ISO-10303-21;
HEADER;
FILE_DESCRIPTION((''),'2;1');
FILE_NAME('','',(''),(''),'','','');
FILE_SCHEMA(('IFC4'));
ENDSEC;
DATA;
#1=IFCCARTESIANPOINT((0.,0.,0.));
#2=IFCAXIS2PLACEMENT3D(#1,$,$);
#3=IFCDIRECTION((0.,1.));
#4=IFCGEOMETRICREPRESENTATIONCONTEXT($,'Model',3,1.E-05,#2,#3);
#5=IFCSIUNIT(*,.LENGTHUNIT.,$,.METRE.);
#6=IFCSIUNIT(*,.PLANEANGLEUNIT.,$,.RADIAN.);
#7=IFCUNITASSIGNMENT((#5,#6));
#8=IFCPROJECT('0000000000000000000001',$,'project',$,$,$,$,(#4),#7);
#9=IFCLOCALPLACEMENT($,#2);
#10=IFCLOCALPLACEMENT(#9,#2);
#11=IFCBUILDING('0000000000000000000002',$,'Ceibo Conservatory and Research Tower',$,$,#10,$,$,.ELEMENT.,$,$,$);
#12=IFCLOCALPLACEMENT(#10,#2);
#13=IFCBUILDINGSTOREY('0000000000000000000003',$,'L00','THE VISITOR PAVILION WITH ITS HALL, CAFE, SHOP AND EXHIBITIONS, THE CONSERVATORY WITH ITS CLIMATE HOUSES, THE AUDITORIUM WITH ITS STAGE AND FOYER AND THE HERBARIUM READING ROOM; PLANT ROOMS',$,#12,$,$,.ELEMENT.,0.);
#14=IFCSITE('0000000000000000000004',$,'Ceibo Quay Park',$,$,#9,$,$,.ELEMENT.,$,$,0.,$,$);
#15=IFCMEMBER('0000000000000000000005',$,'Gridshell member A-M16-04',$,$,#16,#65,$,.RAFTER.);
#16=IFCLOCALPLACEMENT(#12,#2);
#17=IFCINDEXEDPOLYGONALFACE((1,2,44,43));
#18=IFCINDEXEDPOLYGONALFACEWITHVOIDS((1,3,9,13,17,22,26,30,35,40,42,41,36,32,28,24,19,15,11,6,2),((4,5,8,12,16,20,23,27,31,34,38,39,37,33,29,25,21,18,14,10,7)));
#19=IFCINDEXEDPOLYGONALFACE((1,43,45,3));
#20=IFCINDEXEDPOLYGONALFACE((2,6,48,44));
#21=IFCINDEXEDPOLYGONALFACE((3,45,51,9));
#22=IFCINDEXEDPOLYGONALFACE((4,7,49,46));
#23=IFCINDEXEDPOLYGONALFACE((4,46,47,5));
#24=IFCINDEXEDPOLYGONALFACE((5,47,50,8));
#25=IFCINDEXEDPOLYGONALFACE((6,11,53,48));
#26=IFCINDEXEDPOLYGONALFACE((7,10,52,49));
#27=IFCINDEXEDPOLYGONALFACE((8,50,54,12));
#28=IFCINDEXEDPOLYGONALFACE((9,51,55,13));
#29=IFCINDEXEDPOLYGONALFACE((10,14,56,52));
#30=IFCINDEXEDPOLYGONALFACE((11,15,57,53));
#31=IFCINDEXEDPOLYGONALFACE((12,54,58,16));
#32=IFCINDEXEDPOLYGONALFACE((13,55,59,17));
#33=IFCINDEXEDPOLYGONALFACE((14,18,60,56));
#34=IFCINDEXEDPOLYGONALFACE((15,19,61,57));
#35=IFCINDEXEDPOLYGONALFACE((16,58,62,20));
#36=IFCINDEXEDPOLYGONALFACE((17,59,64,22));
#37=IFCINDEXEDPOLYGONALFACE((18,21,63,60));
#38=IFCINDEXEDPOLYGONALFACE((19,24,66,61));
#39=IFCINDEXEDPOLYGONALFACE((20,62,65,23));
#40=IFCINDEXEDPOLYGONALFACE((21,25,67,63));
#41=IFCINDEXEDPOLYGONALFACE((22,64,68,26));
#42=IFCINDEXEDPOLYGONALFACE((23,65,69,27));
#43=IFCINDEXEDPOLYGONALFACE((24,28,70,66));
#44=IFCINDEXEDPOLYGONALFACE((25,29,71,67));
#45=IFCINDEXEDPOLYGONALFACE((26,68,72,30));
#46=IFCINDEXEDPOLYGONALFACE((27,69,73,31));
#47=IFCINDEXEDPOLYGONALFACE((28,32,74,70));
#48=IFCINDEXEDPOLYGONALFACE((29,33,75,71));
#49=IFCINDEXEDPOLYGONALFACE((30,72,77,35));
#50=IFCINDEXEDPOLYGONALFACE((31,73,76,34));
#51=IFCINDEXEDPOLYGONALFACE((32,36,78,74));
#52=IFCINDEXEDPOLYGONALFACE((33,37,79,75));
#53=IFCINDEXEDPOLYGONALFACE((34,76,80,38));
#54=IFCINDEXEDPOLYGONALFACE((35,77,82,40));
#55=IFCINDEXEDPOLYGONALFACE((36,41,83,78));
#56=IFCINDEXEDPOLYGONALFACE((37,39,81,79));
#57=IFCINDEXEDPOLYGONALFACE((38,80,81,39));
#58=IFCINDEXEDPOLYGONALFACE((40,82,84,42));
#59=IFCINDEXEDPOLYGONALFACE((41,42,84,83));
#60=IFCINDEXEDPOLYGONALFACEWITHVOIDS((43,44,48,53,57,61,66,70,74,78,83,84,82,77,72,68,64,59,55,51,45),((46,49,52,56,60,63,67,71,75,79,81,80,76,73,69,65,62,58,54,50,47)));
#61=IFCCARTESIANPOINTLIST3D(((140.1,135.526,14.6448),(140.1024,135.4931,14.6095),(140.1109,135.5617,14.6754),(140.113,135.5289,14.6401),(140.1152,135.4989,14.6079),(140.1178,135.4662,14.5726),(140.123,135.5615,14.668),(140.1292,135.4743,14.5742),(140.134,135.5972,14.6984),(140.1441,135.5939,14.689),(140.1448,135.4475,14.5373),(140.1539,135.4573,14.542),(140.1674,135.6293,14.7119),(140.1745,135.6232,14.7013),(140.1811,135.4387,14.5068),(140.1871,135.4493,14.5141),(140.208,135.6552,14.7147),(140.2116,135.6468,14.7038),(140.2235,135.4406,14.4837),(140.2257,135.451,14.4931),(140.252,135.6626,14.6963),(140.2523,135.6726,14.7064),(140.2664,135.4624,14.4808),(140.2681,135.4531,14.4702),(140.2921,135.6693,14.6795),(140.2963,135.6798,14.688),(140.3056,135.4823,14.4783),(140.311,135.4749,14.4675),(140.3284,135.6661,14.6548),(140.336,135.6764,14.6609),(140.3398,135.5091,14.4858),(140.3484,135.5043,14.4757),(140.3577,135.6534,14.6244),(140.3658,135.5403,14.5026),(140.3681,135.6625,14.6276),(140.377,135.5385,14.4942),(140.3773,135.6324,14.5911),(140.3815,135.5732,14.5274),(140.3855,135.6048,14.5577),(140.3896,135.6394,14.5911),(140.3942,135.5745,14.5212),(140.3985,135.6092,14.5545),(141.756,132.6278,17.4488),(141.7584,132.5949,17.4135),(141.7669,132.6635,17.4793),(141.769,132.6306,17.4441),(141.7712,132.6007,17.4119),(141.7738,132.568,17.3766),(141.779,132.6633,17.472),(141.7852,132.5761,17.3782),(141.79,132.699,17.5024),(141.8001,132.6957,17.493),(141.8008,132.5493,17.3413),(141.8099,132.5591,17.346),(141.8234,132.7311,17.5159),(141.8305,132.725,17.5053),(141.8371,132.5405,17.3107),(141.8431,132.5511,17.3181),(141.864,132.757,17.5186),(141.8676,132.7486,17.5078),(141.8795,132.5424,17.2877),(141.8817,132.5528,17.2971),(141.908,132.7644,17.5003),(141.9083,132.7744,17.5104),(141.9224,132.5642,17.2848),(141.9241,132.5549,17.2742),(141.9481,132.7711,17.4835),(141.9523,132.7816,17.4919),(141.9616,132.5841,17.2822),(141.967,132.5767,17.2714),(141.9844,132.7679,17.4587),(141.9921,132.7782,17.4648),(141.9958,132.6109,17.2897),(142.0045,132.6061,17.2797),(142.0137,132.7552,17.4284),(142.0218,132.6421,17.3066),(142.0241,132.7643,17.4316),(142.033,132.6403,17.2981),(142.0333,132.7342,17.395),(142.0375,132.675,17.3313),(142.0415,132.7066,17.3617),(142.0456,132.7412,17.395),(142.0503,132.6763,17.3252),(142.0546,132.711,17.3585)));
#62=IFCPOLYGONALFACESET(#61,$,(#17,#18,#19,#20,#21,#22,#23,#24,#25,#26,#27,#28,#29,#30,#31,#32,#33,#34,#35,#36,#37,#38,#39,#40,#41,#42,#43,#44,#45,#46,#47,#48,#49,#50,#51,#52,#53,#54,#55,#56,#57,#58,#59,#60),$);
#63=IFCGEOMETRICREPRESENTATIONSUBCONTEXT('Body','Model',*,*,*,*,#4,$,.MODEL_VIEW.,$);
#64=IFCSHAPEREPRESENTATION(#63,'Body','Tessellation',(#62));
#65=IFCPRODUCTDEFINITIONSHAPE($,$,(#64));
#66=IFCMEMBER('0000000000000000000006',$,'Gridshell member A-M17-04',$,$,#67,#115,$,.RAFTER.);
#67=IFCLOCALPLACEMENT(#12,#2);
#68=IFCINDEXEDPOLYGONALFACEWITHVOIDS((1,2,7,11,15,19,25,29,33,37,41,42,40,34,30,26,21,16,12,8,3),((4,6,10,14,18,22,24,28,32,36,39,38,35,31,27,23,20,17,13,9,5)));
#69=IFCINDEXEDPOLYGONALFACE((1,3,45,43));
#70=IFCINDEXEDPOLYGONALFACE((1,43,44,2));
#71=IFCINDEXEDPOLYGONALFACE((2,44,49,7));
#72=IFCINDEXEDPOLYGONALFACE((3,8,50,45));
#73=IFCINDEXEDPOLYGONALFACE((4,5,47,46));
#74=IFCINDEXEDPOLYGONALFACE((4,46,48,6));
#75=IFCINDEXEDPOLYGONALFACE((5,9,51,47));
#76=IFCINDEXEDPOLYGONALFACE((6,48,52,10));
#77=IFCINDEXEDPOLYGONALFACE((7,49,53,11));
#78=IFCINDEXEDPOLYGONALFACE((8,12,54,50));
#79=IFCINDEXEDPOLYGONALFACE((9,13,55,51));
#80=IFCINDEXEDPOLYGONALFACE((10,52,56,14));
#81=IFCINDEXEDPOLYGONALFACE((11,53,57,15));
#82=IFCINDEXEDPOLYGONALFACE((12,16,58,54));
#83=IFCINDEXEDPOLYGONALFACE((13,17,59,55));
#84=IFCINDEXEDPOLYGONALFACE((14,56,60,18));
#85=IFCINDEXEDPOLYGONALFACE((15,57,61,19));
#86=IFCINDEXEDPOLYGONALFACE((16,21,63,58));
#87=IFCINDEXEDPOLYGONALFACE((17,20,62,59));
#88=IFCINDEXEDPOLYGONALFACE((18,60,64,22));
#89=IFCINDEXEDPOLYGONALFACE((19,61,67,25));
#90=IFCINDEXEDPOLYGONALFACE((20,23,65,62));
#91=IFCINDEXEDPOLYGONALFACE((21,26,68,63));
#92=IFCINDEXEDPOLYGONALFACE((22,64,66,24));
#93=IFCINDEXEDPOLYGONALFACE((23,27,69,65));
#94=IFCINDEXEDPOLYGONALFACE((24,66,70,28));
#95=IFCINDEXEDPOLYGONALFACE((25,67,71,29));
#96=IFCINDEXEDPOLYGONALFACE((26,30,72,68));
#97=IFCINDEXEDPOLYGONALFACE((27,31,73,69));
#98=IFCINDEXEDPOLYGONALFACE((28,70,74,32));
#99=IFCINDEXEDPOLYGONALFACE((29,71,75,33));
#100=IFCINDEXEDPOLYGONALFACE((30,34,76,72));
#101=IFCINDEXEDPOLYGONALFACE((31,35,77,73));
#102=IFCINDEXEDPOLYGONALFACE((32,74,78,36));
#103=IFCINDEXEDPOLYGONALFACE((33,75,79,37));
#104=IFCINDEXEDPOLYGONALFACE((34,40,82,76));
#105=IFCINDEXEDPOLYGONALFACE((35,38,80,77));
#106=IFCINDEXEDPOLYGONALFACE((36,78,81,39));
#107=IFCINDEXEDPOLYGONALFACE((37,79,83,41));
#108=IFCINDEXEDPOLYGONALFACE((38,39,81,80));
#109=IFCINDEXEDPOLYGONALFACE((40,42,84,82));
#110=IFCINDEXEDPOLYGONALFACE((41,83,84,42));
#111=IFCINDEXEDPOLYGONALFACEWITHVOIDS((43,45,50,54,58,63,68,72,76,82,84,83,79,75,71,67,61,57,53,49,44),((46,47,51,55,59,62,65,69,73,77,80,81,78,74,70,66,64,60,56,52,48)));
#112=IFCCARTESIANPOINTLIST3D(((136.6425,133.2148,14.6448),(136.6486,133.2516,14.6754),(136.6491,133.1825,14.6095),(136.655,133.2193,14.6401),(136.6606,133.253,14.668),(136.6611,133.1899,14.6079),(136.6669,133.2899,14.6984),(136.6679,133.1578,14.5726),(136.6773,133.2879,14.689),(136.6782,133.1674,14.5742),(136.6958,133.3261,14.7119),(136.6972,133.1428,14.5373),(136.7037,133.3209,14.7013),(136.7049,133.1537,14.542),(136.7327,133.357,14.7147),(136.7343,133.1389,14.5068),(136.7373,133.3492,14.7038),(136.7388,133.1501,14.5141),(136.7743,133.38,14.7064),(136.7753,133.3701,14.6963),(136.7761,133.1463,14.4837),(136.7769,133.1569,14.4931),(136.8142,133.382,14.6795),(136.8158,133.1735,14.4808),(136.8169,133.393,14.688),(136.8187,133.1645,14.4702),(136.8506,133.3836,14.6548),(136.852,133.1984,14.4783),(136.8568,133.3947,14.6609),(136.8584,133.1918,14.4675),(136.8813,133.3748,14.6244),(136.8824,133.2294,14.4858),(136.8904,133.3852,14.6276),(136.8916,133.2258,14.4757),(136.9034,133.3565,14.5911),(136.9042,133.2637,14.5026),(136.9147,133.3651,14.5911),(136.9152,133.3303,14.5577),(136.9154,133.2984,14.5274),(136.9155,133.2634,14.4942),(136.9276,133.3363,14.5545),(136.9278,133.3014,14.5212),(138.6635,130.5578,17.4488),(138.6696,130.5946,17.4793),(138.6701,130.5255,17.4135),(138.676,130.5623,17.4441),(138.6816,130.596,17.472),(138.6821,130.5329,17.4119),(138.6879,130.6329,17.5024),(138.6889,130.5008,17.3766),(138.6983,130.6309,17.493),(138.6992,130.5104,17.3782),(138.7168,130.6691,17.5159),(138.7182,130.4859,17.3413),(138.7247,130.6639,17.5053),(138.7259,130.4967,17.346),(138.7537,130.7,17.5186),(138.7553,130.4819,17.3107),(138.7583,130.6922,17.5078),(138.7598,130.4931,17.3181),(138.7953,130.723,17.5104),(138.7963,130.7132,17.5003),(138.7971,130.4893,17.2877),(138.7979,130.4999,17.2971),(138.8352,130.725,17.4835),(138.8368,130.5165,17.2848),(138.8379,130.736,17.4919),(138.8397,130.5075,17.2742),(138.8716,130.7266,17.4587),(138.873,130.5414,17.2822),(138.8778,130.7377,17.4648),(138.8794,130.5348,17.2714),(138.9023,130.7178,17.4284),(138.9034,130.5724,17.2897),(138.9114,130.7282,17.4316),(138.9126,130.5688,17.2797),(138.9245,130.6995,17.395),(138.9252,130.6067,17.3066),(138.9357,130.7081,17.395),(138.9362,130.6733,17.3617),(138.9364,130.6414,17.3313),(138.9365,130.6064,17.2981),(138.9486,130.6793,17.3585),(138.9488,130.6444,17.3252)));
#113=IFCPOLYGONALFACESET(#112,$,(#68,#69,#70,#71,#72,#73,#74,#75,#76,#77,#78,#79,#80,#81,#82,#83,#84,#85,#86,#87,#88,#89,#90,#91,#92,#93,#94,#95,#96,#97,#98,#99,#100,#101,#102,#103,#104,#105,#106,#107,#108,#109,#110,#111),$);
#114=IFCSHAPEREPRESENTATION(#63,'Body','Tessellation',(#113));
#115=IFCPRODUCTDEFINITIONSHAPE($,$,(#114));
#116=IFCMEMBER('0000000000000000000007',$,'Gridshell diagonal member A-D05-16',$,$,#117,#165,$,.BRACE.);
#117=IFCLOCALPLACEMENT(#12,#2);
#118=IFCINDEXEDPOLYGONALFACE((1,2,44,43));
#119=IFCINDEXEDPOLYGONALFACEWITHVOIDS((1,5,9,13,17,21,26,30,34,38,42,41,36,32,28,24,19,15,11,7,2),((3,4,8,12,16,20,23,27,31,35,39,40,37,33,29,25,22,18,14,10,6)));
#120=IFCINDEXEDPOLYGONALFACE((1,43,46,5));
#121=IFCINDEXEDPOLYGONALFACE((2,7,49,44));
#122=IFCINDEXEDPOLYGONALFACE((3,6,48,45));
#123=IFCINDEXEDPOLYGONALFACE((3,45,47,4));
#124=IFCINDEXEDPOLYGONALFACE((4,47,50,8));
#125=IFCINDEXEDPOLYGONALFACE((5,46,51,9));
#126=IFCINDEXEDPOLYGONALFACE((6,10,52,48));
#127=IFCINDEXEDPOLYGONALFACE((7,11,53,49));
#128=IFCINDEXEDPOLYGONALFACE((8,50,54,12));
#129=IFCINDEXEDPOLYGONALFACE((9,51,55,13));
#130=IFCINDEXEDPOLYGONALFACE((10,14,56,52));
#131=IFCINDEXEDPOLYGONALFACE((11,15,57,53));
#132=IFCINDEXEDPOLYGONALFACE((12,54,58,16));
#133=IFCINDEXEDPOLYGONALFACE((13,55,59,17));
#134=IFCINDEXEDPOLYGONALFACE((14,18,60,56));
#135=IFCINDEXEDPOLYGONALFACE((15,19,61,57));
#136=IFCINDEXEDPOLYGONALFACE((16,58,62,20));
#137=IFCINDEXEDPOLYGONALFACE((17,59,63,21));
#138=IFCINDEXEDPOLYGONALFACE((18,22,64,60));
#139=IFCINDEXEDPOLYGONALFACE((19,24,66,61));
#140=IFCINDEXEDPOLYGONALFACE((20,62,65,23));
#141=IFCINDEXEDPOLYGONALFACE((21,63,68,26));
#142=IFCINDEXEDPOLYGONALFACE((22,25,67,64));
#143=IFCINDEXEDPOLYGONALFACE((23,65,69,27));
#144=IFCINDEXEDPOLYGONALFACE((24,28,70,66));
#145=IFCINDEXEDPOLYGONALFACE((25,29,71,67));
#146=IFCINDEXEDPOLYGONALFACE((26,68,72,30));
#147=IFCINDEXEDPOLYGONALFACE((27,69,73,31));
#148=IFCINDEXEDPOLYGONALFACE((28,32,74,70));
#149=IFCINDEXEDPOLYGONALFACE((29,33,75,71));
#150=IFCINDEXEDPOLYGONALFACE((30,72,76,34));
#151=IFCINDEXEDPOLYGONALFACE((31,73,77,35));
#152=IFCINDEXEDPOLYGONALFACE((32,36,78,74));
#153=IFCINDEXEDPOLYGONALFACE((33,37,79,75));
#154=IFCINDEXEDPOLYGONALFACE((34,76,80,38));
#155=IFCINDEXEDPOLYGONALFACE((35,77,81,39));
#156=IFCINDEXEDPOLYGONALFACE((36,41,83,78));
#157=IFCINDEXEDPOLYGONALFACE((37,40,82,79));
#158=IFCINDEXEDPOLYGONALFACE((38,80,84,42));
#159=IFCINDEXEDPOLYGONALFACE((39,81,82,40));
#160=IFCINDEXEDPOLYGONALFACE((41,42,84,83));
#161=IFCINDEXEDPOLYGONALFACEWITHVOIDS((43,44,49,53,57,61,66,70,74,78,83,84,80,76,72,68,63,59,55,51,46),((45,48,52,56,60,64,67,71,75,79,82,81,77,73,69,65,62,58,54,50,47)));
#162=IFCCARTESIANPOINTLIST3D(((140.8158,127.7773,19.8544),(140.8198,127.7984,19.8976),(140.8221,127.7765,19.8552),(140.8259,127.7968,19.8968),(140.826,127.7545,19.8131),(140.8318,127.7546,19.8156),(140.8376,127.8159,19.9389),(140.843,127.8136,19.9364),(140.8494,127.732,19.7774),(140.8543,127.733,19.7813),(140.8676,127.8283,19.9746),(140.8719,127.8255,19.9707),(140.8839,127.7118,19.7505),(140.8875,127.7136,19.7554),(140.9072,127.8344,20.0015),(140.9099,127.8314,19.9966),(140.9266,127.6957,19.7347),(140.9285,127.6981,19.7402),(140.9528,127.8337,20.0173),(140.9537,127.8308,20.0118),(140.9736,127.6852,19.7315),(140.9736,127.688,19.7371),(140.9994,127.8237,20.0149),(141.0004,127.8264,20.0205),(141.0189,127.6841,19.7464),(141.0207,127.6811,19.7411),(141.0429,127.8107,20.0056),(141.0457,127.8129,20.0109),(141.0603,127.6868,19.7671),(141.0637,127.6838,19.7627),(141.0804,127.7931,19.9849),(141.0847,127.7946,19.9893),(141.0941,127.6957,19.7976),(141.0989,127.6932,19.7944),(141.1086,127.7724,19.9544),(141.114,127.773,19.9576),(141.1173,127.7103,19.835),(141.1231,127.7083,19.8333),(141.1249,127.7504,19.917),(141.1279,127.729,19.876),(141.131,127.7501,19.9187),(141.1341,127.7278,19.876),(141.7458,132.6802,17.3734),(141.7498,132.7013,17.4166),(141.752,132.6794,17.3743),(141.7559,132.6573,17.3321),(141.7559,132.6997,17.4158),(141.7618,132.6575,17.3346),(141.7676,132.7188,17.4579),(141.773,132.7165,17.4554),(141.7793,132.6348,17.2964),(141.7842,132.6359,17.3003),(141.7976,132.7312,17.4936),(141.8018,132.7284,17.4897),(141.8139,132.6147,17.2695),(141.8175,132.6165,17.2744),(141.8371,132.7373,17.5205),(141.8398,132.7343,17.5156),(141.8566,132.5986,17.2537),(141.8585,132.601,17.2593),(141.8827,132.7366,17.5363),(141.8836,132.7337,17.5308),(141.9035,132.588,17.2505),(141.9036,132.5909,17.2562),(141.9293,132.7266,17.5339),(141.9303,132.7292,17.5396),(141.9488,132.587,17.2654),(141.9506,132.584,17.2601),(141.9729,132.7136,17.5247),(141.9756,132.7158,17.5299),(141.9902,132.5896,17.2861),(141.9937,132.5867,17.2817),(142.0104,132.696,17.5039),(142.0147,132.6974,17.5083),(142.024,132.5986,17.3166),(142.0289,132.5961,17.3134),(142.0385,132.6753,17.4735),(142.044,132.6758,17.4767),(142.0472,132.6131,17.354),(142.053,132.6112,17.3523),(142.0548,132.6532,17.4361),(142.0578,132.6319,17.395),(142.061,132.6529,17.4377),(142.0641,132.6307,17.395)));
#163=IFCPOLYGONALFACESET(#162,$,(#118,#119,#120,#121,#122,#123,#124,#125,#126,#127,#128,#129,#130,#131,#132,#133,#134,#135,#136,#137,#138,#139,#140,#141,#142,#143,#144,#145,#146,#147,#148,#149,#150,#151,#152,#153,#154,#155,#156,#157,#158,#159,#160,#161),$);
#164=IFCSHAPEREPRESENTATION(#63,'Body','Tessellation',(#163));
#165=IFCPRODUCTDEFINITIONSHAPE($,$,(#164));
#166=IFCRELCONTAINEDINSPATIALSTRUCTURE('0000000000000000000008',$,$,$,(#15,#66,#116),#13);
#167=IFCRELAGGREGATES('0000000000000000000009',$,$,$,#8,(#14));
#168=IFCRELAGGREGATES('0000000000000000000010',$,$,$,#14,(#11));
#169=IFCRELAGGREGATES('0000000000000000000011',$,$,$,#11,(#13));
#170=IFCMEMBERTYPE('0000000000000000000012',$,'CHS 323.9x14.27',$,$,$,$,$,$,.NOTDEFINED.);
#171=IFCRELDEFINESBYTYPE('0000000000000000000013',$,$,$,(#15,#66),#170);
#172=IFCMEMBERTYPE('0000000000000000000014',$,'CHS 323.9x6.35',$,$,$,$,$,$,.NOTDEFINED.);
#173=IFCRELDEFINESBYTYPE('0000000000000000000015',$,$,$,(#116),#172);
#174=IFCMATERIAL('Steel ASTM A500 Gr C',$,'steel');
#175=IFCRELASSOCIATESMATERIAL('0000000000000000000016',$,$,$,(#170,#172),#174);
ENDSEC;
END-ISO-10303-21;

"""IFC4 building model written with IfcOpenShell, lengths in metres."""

from ifc_helpers import new_model, si_unit, direction, frame, origin, origin_2d, place, context, subcontext, project, spatial, hollow_circle, extrude, material, material_profile, profile_set, type_object, element, save


model = new_model("IFC4")

# Units and contexts
model_context = context("Model", 3, precision=1e-05, world=origin(), true_north=direction((0.0, 1.0)))
body_context = subcontext(model_context, "Body", "Model", "MODEL_VIEW")
ifc_project = project(units=[si_unit("LENGTHUNIT", "METRE"), si_unit("PLANEANGLEUNIT", "RADIAN")], contexts=[model_context])

# Site, building, storey
site_placement = place(None, origin())
site = spatial("IfcSite", under=ifc_project, at=site_placement, Name="Ceibo Quay Park", CompositionType="ELEMENT", RefElevation=0.0)
building_placement = place(site_placement, origin())
building = spatial("IfcBuilding", under=site, at=building_placement, Name="Ceibo Conservatory and Research Tower", CompositionType="ELEMENT")
storey_placement = place(building_placement, origin())
storey = spatial("IfcBuildingStorey", under=building, at=storey_placement, Name="L00", Description="THE VISITOR PAVILION WITH ITS HALL, CAFE, SHOP AND EXHIBITIONS, THE CONSERVATORY WITH ITS CLIMATE HOUSES, THE AUDITORIUM WITH ITS STAGE AND FOYER AND THE HERBARIUM READING ROOM; PLANT ROOMS", CompositionType="ELEMENT", Elevation=0.0)

# Members
ifc_material_1 = material(Name="Steel ASTM A500 Gr C", Category="steel")
ifc_material_profile_1 = material_profile(ifc_material_1, hollow_circle(Radius=0.1619, WallThickness=0.0142, at=origin_2d()), Name="CHS 323.9x14.27")
ifc_profile_set_1 = profile_set([ifc_material_profile_1], Name="Steel ASTM A500 Gr C")
member_type_1 = type_object("IfcMemberType", Name="CHS 323.9x14.27", PredefinedType="NOTDEFINED", material=ifc_profile_set_1)
member_1_placement = place(storey_placement, frame((140.249, 135.5591, 14.5911), z_axis=(0.379873, -0.66482, 0.643203), x_axis=(0.868257, 0.496115, 0.0)))
element("IfcMember", 1, at=member_1_placement, inside=storey, type_object=member_type_1, Name="Gridshell member A-M16-04", PredefinedType="RAFTER", context=body_context, shape_type="SweptSolid", body=[
    extrude(hollow_circle(Radius=0.1619, WallThickness=0.0142, at=origin_2d()), origin(), (0.0, 0.0, 1.0), 4.3594),
])
member_2_placement = place(storey_placement, frame((136.7859, 133.2671, 14.5911), z_axis=(0.463573, -0.609455, 0.643167), x_axis=(0.795918, 0.605404, 0.0)))
element("IfcMember", 2, at=member_2_placement, inside=storey, type_object=member_type_1, Name="Gridshell member A-M17-04", PredefinedType="RAFTER", context=body_context, shape_type="SweptSolid", body=[
    extrude(hollow_circle(Radius=0.1619, WallThickness=0.0142, at=origin_2d()), origin(), (0.0, 0.0, 1.0), 4.3596),
])
ifc_material_profile_2 = material_profile(ifc_material_1, hollow_circle(Radius=0.1619, WallThickness=0.0063, at=origin_2d()), Name="CHS 323.9x6.35")
ifc_profile_set_2 = profile_set([ifc_material_profile_2], Name="Steel ASTM A500 Gr C")
member_type_2 = type_object("IfcMemberType", Name="CHS 323.9x6.35", PredefinedType="NOTDEFINED", material=ifc_profile_set_2)
member_3_placement = place(storey_placement, frame((141.905, 132.6609, 17.395), z_axis=(-0.166865, -0.879757, 0.445179), x_axis=(0.982483, -0.18635, 0.0)))
element("IfcMember", 3, at=member_3_placement, inside=storey, type_object=member_type_2, Name="Gridshell diagonal member A-D05-16", PredefinedType="BRACE", context=body_context, shape_type="SweptSolid", body=[
    extrude(hollow_circle(Radius=0.1619, WallThickness=0.0063, at=origin_2d()), origin(), (0.0, 0.0, 1.0), 5.573),
])

save(model, "model.ifc")
